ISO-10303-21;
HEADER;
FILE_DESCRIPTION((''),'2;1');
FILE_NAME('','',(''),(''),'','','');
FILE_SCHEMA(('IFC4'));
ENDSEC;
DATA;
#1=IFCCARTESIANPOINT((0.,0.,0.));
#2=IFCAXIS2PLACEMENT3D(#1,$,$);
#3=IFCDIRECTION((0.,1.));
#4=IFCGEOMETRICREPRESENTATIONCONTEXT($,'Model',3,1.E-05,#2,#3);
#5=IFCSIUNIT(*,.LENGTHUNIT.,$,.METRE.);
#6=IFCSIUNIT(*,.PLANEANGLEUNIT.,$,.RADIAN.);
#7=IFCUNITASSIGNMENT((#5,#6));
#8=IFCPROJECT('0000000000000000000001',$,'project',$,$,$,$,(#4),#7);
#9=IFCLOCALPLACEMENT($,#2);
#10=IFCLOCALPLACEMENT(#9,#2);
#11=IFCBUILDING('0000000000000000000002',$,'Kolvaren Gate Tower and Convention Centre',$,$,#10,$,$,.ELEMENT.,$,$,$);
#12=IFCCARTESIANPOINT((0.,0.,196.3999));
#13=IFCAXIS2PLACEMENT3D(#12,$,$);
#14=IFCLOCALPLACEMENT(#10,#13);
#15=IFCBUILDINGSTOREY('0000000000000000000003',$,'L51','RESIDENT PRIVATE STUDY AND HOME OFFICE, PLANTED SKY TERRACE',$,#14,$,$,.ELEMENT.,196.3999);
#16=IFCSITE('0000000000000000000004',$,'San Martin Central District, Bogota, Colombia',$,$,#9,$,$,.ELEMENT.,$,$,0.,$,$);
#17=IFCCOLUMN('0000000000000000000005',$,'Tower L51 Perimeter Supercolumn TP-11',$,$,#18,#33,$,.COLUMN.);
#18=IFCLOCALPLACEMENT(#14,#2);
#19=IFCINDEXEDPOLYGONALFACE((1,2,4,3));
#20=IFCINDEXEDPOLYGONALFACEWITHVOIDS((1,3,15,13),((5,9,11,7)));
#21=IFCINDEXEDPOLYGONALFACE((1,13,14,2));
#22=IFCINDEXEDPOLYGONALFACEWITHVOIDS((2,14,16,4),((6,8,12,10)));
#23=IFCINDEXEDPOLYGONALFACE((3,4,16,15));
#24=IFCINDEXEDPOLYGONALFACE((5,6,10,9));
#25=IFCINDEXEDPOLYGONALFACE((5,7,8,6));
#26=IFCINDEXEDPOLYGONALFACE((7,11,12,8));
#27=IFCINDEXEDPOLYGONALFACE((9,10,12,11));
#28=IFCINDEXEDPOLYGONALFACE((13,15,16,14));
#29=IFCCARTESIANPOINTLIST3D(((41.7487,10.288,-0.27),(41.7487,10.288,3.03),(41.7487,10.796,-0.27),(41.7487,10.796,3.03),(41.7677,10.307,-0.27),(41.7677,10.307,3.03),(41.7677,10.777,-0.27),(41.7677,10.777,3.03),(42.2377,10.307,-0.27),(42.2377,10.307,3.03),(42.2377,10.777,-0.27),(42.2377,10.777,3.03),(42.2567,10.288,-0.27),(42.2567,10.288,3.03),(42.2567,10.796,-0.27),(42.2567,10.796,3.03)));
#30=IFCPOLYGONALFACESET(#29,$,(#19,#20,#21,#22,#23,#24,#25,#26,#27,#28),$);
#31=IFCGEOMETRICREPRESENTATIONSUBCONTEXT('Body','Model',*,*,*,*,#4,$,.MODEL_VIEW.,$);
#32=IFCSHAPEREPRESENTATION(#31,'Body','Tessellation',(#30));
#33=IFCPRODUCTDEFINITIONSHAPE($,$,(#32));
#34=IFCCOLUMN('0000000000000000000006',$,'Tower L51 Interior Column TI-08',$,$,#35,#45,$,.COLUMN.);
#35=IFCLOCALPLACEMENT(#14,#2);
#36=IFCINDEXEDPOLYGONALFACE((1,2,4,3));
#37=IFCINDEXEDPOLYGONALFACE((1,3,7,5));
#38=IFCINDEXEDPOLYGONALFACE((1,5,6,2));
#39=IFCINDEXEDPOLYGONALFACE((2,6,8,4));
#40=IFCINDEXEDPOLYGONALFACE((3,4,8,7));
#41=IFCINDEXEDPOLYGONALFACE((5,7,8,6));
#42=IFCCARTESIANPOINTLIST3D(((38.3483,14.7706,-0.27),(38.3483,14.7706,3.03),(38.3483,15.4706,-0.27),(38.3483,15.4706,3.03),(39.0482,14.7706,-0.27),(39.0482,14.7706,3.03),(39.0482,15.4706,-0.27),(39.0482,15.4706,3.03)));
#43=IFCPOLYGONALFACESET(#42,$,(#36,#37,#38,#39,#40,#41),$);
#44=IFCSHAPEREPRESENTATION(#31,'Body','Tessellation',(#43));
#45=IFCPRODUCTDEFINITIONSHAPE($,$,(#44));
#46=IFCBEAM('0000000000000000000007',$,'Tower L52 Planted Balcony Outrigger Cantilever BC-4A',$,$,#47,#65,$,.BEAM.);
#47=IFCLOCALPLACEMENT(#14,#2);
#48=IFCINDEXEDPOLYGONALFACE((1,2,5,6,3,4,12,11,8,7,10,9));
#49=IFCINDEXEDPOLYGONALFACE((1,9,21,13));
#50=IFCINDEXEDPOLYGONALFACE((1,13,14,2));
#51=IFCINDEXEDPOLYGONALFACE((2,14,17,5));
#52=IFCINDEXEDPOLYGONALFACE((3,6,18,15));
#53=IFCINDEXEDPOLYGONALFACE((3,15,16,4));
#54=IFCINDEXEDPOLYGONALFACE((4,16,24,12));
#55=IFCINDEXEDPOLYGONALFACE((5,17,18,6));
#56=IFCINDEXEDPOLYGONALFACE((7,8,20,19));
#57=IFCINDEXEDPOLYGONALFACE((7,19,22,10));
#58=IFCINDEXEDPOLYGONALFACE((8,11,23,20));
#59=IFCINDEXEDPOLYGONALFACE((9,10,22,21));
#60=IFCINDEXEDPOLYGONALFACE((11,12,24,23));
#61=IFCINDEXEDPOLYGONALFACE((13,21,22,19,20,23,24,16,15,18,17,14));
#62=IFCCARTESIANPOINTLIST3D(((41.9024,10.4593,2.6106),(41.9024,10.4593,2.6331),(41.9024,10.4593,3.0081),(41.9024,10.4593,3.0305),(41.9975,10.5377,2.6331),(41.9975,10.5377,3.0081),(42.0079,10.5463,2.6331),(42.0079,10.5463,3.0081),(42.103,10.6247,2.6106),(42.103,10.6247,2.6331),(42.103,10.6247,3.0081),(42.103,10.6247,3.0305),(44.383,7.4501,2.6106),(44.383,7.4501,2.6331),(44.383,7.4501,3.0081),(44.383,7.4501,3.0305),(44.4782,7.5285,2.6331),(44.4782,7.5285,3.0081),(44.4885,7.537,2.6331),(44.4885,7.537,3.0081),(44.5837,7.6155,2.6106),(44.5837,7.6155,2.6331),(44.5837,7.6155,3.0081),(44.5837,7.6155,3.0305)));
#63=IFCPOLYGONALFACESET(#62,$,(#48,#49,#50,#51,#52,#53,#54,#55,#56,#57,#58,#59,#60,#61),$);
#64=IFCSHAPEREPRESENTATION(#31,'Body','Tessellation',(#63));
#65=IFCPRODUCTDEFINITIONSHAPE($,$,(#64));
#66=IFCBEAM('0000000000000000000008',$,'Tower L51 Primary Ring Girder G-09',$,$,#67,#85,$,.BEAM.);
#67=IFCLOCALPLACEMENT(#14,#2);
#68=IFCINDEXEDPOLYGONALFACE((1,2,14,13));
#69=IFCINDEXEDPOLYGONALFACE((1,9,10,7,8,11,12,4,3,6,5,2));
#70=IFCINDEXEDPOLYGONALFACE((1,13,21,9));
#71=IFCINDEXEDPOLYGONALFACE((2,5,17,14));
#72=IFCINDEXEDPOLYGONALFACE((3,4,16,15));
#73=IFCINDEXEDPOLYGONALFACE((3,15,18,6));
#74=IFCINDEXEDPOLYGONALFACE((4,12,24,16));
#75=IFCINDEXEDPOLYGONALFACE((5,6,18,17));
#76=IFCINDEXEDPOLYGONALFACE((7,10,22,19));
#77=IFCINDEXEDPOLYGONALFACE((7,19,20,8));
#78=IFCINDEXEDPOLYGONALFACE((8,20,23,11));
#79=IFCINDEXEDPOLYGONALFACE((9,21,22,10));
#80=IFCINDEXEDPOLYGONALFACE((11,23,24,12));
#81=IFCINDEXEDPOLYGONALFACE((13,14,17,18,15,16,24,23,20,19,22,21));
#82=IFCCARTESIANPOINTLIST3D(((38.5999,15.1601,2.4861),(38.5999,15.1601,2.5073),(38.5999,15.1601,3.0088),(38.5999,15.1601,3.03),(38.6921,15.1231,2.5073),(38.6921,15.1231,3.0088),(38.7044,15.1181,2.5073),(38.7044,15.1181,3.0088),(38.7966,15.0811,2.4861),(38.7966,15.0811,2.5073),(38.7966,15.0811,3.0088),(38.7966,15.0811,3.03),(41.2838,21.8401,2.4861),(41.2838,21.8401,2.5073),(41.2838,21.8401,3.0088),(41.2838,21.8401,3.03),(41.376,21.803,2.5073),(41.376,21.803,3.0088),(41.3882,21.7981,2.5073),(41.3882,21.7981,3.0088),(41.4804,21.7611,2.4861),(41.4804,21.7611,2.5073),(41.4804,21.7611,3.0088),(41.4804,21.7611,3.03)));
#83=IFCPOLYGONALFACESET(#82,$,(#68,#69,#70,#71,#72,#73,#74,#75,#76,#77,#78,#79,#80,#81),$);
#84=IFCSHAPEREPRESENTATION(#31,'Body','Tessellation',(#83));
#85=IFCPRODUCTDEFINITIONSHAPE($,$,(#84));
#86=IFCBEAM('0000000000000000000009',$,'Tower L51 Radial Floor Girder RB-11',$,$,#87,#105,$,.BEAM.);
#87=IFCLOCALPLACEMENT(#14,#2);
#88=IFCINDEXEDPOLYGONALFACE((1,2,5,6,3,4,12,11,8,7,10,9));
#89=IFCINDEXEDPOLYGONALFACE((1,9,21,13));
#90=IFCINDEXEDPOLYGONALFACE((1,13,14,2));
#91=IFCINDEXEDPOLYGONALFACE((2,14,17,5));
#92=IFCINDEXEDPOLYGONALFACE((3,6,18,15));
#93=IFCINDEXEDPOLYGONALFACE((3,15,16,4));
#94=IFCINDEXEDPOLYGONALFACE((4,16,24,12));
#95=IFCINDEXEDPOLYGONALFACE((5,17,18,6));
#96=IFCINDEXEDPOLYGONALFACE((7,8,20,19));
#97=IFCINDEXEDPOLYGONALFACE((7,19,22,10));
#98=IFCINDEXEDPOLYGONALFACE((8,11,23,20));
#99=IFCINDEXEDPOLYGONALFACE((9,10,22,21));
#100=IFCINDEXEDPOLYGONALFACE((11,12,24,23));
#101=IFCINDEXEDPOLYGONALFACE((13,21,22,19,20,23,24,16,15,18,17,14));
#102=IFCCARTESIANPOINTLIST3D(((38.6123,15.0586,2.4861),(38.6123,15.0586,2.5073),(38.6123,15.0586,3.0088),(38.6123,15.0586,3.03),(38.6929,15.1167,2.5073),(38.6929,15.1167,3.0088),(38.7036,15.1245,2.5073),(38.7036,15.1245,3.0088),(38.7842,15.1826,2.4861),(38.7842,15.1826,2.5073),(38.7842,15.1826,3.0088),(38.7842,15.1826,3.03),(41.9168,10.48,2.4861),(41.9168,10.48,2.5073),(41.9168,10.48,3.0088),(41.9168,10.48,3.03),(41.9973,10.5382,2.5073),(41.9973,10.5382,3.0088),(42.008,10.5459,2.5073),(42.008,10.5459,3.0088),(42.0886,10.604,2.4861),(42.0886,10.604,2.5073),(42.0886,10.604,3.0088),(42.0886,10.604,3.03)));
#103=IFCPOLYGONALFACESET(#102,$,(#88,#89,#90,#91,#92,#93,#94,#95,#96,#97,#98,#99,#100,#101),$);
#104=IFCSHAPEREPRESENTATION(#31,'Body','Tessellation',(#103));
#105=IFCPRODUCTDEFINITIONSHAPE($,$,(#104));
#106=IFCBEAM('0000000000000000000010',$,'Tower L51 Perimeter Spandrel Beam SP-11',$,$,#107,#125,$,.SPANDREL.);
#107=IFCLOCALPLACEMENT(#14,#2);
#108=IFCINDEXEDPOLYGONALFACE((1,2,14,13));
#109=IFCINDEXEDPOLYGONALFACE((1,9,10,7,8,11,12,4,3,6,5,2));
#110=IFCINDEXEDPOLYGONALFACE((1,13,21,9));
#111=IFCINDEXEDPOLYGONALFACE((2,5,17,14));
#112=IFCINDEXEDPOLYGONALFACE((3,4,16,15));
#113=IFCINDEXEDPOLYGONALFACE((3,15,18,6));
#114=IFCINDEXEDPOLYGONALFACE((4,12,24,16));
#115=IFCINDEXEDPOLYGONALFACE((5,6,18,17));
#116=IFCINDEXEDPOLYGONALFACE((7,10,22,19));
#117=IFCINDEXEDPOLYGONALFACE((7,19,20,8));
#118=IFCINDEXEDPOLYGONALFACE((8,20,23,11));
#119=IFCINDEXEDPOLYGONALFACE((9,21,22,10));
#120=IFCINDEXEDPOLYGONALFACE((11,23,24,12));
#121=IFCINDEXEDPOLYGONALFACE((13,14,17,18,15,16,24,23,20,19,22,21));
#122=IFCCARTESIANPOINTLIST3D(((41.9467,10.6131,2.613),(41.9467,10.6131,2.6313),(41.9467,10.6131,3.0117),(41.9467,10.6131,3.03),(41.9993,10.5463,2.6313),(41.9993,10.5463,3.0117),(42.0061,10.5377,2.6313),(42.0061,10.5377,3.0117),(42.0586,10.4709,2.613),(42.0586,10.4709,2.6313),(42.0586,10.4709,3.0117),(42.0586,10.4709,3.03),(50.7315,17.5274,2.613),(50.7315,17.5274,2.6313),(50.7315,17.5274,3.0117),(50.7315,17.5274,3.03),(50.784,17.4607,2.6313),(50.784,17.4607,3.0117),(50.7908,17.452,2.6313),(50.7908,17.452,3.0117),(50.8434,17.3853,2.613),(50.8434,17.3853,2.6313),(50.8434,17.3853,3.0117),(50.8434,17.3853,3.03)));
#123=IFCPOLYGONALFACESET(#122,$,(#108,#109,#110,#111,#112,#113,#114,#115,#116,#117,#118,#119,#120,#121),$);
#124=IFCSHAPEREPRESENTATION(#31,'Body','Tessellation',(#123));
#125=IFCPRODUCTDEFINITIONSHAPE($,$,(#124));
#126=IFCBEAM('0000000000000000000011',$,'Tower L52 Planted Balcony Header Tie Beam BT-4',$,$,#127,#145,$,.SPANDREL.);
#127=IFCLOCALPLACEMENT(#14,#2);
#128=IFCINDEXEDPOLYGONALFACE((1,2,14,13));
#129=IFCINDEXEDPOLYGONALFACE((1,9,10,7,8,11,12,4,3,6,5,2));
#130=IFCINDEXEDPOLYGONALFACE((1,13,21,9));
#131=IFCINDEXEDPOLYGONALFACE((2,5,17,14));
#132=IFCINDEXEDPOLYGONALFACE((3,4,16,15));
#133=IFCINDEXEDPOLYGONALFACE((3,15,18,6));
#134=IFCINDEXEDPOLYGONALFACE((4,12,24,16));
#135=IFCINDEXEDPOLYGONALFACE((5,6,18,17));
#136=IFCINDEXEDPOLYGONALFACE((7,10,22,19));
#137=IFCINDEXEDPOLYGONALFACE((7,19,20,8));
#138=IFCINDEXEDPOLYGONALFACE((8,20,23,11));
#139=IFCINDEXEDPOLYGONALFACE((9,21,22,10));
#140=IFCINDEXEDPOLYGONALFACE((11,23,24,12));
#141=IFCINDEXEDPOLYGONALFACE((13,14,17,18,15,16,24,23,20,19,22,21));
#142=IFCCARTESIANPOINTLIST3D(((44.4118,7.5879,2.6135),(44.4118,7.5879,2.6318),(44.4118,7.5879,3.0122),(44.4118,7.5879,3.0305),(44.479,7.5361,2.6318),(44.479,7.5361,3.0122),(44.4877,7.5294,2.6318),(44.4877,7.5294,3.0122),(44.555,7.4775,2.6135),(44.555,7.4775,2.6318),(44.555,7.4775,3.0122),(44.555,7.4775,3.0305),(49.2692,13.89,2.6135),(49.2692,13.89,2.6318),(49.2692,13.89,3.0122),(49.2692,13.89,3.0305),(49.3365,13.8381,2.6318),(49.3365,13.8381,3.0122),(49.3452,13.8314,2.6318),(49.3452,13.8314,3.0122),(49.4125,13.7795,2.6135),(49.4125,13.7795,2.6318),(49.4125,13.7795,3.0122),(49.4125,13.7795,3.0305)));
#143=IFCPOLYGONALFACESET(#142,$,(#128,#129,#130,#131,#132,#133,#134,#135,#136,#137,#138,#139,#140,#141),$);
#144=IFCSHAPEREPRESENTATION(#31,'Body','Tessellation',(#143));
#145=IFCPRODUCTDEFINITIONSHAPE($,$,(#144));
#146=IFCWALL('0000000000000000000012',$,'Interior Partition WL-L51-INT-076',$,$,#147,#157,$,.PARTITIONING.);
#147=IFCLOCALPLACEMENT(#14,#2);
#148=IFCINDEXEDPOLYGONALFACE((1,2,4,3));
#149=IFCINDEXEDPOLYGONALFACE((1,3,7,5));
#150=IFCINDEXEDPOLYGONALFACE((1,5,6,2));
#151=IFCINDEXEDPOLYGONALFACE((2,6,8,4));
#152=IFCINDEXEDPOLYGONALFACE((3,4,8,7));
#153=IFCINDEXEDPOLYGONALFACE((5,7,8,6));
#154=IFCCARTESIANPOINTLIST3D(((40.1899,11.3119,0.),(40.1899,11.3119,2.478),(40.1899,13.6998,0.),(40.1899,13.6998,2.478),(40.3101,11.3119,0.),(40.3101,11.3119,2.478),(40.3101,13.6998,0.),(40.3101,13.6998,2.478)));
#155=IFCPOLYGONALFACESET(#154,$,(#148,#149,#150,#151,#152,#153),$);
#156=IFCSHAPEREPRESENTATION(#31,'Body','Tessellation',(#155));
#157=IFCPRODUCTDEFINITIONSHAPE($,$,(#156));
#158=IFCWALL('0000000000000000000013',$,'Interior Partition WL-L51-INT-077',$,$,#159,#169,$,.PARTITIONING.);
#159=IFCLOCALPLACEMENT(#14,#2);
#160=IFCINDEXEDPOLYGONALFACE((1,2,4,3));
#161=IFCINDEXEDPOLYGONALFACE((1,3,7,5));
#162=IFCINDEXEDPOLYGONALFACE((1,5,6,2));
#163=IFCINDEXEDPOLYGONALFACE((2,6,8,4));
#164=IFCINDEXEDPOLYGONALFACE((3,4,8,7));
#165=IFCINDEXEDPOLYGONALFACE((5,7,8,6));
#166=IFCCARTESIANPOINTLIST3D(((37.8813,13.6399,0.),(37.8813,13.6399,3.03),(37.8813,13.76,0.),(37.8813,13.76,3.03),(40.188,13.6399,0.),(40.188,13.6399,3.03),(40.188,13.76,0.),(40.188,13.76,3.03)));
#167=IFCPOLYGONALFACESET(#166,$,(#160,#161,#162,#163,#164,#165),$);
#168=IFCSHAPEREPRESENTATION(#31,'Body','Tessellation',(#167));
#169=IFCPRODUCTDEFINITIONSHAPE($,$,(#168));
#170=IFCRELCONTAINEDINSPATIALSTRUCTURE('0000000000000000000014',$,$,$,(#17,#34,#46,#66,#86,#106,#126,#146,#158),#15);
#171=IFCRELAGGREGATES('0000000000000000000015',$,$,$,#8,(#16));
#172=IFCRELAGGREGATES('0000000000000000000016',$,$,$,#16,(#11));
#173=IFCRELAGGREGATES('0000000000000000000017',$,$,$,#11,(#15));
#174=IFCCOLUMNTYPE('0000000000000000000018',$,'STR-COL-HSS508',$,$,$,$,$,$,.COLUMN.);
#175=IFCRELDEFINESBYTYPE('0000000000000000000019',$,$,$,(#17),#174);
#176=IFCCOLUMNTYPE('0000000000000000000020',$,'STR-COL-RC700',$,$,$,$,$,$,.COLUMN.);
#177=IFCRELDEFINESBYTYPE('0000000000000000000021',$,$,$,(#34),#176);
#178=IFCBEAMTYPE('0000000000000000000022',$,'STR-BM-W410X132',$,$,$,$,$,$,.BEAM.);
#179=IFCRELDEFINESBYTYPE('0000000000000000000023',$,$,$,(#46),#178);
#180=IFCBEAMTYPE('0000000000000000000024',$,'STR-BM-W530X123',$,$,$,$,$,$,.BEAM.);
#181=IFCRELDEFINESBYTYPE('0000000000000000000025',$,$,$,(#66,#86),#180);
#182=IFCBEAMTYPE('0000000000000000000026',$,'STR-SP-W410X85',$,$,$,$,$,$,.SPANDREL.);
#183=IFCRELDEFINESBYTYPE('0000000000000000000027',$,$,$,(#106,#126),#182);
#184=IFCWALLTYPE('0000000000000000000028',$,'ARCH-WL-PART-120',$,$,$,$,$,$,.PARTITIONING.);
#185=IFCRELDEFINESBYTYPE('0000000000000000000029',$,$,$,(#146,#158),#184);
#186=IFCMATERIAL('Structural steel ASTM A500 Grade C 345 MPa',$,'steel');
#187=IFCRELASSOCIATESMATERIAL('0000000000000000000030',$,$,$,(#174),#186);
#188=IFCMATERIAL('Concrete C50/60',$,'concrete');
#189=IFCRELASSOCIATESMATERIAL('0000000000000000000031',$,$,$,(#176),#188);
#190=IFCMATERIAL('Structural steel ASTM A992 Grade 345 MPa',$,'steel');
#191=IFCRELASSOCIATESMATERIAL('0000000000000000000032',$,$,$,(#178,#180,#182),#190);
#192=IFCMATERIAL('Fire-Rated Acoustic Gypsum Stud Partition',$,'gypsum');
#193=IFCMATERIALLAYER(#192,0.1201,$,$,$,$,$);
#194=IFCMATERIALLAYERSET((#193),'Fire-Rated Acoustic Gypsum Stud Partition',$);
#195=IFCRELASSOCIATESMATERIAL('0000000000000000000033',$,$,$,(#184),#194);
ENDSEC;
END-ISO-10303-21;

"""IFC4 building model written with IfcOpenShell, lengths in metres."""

from ifc_helpers import new_model, si_unit, direction, frame, frame_2d, origin, origin_2d, place, context, subcontext, project, spatial, rectangle, hollow_rectangle, i_section, extrude, material, layer, layer_set, material_profile, profile_set, type_object, element, save


model = new_model("IFC4")

# Units and contexts
model_context = context("Model", 3, precision=1e-05, world=origin(), true_north=direction((0.0, 1.0)))
body_context = subcontext(model_context, "Body", "Model", "MODEL_VIEW")
ifc_project = project(units=[si_unit("LENGTHUNIT", "METRE"), si_unit("PLANEANGLEUNIT", "RADIAN")], contexts=[model_context])

# Site, building, storey
site_placement = place(None, origin())
site = spatial("IfcSite", under=ifc_project, at=site_placement, Name="San Martin Central District, Bogota, Colombia", CompositionType="ELEMENT", RefElevation=0.0)
building_placement = place(site_placement, origin())
building = spatial("IfcBuilding", under=site, at=building_placement, Name="Kolvaren Gate Tower and Convention Centre", CompositionType="ELEMENT")
storey_placement = place(building_placement, frame((0.0, 0.0, 196.3999)))
storey = spatial("IfcBuildingStorey", under=building, at=storey_placement, Name="L51", Description="RESIDENT PRIVATE STUDY AND HOME OFFICE, PLANTED SKY TERRACE", CompositionType="ELEMENT", Elevation=196.3999)

# Columns
ifc_material_1 = material(Name="Structural steel ASTM A500 Grade C 345 MPa", Category="steel")
ifc_material_profile_1 = material_profile(ifc_material_1, hollow_rectangle(XDim=0.5081, YDim=0.5081, WallThickness=0.019, at=origin_2d()), Name="HSS508X508X19.1")
ifc_profile_set_1 = profile_set([ifc_material_profile_1], Name="Structural steel ASTM A500 Grade C 345 MPa")
column_type_1 = type_object("IfcColumnType", Name="STR-COL-HSS508", PredefinedType="COLUMN", material=ifc_profile_set_1)
column_1_placement = place(storey_placement, frame((42.0027, 10.542, -0.27), z_axis=(0.0, 0.0, 1.0), x_axis=(1.0, 0.0, 0.0)))
element("IfcColumn", 1, at=column_1_placement, inside=storey, type_object=column_type_1, Name="Tower L51 Perimeter Supercolumn TP-11", PredefinedType="COLUMN", context=body_context, shape_type="SweptSolid", body=[
    extrude(hollow_rectangle(XDim=0.5081, YDim=0.5081, WallThickness=0.019, at=origin_2d()), origin(), (0.0, 0.0, 1.0), 3.3),
])
ifc_material_2 = material(Name="Concrete C50/60", Category="concrete")
ifc_material_profile_2 = material_profile(ifc_material_2, rectangle(XDim=0.7, YDim=0.7, at=origin_2d()), Name="RC-COL-700X700")
ifc_profile_set_2 = profile_set([ifc_material_profile_2], Name="Concrete C50/60")
column_type_2 = type_object("IfcColumnType", Name="STR-COL-RC700", PredefinedType="COLUMN", material=ifc_profile_set_2)
column_2_placement = place(storey_placement, frame((38.6982, 15.1206, -0.27), z_axis=(0.0, 0.0, 1.0), x_axis=(1.0, 0.0, 0.0)))
element("IfcColumn", 2, at=column_2_placement, inside=storey, type_object=column_type_2, Name="Tower L51 Interior Column TI-08", PredefinedType="COLUMN", context=body_context, shape_type="SweptSolid", body=[
    extrude(rectangle(XDim=0.7, YDim=0.7, at=origin_2d()), origin(), (0.0, 0.0, 1.0), 3.3),
])

# Beams
ifc_material_3 = material(Name="Structural steel ASTM A992 Grade 345 MPa", Category="steel")
ifc_material_profile_3 = material_profile(ifc_material_3, i_section(OverallWidth=0.26, OverallDepth=0.4199, WebThickness=0.0134, FlangeThickness=0.0225, at=origin_2d()), Name="W410X132")
ifc_profile_set_3 = profile_set([ifc_material_profile_3], Name="Structural steel ASTM A992 Grade 345 MPa")
beam_type_1 = type_object("IfcBeamType", Name="STR-BM-W410X132", PredefinedType="BEAM", material=ifc_profile_set_3)
beam_1_placement = place(storey_placement, frame((42.0027, 10.542, 2.8206), z_axis=(0.636087, -0.771618, 0.0), x_axis=(0.771618, 0.636087, 0.0)))
element("IfcBeam", 3, at=beam_1_placement, inside=storey, type_object=beam_type_1, Name="Tower L52 Planted Balcony Outrigger Cantilever BC-4A", PredefinedType="BEAM", context=body_context, shape_type="SweptSolid", body=[
    extrude(i_section(OverallWidth=0.26, OverallDepth=0.4199, WebThickness=0.0134, FlangeThickness=0.0225, at=origin_2d()), origin(), (0.0, 0.0, 1.0), 3.8999),
])
ifc_material_profile_4 = material_profile(ifc_material_3, i_section(OverallWidth=0.2119, OverallDepth=0.5439, WebThickness=0.0132, FlangeThickness=0.0212, at=origin_2d()), Name="W530X123")
ifc_profile_set_4 = profile_set([ifc_material_profile_4], Name="Structural steel ASTM A992 Grade 345 MPa")
beam_type_2 = type_object("IfcBeamType", Name="STR-BM-W530X123", PredefinedType="BEAM", material=ifc_profile_set_4)
beam_2_placement = place(storey_placement, frame((38.6982, 15.1206, 2.7581), z_axis=(0.372811, 0.927907, 0.0), x_axis=(-0.927907, 0.372811, 0.0)))
element("IfcBeam", 4, at=beam_2_placement, inside=storey, type_object=beam_type_2, Name="Tower L51 Primary Ring Girder G-09", PredefinedType="BEAM", context=body_context, shape_type="SweptSolid", body=[
    extrude(i_section(OverallWidth=0.2119, OverallDepth=0.5439, WebThickness=0.0132, FlangeThickness=0.0212, at=origin_2d()), origin(), (0.0, 0.0, 1.0), 7.199),
])
beam_3_placement = place(storey_placement, frame((38.6982, 15.1206, 2.7581), z_axis=(0.585219, -0.810875, 0.0), x_axis=(0.810875, 0.585219, 0.0)))
element("IfcBeam", 5, at=beam_3_placement, inside=storey, type_object=beam_type_2, Name="Tower L51 Radial Floor Girder RB-11", PredefinedType="BEAM", context=body_context, shape_type="SweptSolid", body=[
    extrude(i_section(OverallWidth=0.2119, OverallDepth=0.5439, WebThickness=0.0132, FlangeThickness=0.0212, at=origin_2d()), origin(), (0.0, 0.0, 1.0), 5.6465),
])
ifc_material_profile_5 = material_profile(ifc_material_3, i_section(OverallWidth=0.1809, OverallDepth=0.417, WebThickness=0.011, FlangeThickness=0.0183, at=origin_2d()), Name="W410X85")
ifc_profile_set_5 = profile_set([ifc_material_profile_5], Name="Structural steel ASTM A992 Grade 345 MPa")
beam_type_3 = type_object("IfcBeamType", Name="STR-SP-W410X85", PredefinedType="SPANDREL", material=ifc_profile_set_5)
beam_4_placement = place(storey_placement, frame((42.0027, 10.542, 2.8215), z_axis=(0.785794, 0.618489, 0.0), x_axis=(-0.618489, 0.785794, 0.0)))
element("IfcBeam", 6, at=beam_4_placement, inside=storey, type_object=beam_type_3, Name="Tower L51 Perimeter Spandrel Beam SP-11", PredefinedType="SPANDREL", context=body_context, shape_type="SweptSolid", body=[
    extrude(i_section(OverallWidth=0.1809, OverallDepth=0.417, WebThickness=0.011, FlangeThickness=0.0183, at=origin_2d()), origin(), (0.0, 0.0, 1.0), 11.1794),
])
beam_5_placement = place(storey_placement, frame((44.4834, 7.5327, 2.822), z_axis=(0.610479, 0.792033, 0.0), x_axis=(-0.792033, 0.610479, 0.0)))
element("IfcBeam", 7, at=beam_5_placement, inside=storey, type_object=beam_type_3, Name="Tower L52 Planted Balcony Header Tie Beam BT-4", PredefinedType="SPANDREL", context=body_context, shape_type="SweptSolid", body=[
    extrude(i_section(OverallWidth=0.1809, OverallDepth=0.417, WebThickness=0.011, FlangeThickness=0.0183, at=origin_2d()), origin(), (0.0, 0.0, 1.0), 7.9568),
])

# Walls
ifc_material_4 = material(Name="Fire-Rated Acoustic Gypsum Stud Partition", Category="gypsum")
ifc_layer_1 = layer(ifc_material_4, 0.1201)
ifc_layer_set_1 = layer_set([ifc_layer_1], Name="Fire-Rated Acoustic Gypsum Stud Partition")
wall_type_1 = type_object("IfcWallType", Name="ARCH-WL-PART-120", PredefinedType="PARTITIONING", material=ifc_layer_set_1)
wall_1_placement = place(storey_placement, frame((40.25, 11.312, 0.0), z_axis=(0.0, 0.0, 1.0), x_axis=(0.0, 1.0, 0.0)))
element("IfcWall", 8, at=wall_1_placement, inside=storey, type_object=wall_type_1, Name="Interior Partition WL-L51-INT-076", PredefinedType="PARTITIONING", context=body_context, shape_type="SweptSolid", body=[
    extrude(rectangle(XDim=2.3879, YDim=0.1201, at=frame_2d((1.1938, 0.0))), origin(), (0.0, 0.0, 1.0), 2.478),
])
wall_2_placement = place(storey_placement, frame((37.8813, 13.7, 0.0), z_axis=(0.0, 0.0, 1.0), x_axis=(1.0, 0.0, 0.0)))
element("IfcWall", 9, at=wall_2_placement, inside=storey, type_object=wall_type_1, Name="Interior Partition WL-L51-INT-077", PredefinedType="PARTITIONING", context=body_context, shape_type="SweptSolid", body=[
    extrude(rectangle(XDim=2.3066, YDim=0.1201, at=frame_2d((1.1533, 0.0))), origin(), (0.0, 0.0, 1.0), 3.03),
])

save(model, "model.ifc")
